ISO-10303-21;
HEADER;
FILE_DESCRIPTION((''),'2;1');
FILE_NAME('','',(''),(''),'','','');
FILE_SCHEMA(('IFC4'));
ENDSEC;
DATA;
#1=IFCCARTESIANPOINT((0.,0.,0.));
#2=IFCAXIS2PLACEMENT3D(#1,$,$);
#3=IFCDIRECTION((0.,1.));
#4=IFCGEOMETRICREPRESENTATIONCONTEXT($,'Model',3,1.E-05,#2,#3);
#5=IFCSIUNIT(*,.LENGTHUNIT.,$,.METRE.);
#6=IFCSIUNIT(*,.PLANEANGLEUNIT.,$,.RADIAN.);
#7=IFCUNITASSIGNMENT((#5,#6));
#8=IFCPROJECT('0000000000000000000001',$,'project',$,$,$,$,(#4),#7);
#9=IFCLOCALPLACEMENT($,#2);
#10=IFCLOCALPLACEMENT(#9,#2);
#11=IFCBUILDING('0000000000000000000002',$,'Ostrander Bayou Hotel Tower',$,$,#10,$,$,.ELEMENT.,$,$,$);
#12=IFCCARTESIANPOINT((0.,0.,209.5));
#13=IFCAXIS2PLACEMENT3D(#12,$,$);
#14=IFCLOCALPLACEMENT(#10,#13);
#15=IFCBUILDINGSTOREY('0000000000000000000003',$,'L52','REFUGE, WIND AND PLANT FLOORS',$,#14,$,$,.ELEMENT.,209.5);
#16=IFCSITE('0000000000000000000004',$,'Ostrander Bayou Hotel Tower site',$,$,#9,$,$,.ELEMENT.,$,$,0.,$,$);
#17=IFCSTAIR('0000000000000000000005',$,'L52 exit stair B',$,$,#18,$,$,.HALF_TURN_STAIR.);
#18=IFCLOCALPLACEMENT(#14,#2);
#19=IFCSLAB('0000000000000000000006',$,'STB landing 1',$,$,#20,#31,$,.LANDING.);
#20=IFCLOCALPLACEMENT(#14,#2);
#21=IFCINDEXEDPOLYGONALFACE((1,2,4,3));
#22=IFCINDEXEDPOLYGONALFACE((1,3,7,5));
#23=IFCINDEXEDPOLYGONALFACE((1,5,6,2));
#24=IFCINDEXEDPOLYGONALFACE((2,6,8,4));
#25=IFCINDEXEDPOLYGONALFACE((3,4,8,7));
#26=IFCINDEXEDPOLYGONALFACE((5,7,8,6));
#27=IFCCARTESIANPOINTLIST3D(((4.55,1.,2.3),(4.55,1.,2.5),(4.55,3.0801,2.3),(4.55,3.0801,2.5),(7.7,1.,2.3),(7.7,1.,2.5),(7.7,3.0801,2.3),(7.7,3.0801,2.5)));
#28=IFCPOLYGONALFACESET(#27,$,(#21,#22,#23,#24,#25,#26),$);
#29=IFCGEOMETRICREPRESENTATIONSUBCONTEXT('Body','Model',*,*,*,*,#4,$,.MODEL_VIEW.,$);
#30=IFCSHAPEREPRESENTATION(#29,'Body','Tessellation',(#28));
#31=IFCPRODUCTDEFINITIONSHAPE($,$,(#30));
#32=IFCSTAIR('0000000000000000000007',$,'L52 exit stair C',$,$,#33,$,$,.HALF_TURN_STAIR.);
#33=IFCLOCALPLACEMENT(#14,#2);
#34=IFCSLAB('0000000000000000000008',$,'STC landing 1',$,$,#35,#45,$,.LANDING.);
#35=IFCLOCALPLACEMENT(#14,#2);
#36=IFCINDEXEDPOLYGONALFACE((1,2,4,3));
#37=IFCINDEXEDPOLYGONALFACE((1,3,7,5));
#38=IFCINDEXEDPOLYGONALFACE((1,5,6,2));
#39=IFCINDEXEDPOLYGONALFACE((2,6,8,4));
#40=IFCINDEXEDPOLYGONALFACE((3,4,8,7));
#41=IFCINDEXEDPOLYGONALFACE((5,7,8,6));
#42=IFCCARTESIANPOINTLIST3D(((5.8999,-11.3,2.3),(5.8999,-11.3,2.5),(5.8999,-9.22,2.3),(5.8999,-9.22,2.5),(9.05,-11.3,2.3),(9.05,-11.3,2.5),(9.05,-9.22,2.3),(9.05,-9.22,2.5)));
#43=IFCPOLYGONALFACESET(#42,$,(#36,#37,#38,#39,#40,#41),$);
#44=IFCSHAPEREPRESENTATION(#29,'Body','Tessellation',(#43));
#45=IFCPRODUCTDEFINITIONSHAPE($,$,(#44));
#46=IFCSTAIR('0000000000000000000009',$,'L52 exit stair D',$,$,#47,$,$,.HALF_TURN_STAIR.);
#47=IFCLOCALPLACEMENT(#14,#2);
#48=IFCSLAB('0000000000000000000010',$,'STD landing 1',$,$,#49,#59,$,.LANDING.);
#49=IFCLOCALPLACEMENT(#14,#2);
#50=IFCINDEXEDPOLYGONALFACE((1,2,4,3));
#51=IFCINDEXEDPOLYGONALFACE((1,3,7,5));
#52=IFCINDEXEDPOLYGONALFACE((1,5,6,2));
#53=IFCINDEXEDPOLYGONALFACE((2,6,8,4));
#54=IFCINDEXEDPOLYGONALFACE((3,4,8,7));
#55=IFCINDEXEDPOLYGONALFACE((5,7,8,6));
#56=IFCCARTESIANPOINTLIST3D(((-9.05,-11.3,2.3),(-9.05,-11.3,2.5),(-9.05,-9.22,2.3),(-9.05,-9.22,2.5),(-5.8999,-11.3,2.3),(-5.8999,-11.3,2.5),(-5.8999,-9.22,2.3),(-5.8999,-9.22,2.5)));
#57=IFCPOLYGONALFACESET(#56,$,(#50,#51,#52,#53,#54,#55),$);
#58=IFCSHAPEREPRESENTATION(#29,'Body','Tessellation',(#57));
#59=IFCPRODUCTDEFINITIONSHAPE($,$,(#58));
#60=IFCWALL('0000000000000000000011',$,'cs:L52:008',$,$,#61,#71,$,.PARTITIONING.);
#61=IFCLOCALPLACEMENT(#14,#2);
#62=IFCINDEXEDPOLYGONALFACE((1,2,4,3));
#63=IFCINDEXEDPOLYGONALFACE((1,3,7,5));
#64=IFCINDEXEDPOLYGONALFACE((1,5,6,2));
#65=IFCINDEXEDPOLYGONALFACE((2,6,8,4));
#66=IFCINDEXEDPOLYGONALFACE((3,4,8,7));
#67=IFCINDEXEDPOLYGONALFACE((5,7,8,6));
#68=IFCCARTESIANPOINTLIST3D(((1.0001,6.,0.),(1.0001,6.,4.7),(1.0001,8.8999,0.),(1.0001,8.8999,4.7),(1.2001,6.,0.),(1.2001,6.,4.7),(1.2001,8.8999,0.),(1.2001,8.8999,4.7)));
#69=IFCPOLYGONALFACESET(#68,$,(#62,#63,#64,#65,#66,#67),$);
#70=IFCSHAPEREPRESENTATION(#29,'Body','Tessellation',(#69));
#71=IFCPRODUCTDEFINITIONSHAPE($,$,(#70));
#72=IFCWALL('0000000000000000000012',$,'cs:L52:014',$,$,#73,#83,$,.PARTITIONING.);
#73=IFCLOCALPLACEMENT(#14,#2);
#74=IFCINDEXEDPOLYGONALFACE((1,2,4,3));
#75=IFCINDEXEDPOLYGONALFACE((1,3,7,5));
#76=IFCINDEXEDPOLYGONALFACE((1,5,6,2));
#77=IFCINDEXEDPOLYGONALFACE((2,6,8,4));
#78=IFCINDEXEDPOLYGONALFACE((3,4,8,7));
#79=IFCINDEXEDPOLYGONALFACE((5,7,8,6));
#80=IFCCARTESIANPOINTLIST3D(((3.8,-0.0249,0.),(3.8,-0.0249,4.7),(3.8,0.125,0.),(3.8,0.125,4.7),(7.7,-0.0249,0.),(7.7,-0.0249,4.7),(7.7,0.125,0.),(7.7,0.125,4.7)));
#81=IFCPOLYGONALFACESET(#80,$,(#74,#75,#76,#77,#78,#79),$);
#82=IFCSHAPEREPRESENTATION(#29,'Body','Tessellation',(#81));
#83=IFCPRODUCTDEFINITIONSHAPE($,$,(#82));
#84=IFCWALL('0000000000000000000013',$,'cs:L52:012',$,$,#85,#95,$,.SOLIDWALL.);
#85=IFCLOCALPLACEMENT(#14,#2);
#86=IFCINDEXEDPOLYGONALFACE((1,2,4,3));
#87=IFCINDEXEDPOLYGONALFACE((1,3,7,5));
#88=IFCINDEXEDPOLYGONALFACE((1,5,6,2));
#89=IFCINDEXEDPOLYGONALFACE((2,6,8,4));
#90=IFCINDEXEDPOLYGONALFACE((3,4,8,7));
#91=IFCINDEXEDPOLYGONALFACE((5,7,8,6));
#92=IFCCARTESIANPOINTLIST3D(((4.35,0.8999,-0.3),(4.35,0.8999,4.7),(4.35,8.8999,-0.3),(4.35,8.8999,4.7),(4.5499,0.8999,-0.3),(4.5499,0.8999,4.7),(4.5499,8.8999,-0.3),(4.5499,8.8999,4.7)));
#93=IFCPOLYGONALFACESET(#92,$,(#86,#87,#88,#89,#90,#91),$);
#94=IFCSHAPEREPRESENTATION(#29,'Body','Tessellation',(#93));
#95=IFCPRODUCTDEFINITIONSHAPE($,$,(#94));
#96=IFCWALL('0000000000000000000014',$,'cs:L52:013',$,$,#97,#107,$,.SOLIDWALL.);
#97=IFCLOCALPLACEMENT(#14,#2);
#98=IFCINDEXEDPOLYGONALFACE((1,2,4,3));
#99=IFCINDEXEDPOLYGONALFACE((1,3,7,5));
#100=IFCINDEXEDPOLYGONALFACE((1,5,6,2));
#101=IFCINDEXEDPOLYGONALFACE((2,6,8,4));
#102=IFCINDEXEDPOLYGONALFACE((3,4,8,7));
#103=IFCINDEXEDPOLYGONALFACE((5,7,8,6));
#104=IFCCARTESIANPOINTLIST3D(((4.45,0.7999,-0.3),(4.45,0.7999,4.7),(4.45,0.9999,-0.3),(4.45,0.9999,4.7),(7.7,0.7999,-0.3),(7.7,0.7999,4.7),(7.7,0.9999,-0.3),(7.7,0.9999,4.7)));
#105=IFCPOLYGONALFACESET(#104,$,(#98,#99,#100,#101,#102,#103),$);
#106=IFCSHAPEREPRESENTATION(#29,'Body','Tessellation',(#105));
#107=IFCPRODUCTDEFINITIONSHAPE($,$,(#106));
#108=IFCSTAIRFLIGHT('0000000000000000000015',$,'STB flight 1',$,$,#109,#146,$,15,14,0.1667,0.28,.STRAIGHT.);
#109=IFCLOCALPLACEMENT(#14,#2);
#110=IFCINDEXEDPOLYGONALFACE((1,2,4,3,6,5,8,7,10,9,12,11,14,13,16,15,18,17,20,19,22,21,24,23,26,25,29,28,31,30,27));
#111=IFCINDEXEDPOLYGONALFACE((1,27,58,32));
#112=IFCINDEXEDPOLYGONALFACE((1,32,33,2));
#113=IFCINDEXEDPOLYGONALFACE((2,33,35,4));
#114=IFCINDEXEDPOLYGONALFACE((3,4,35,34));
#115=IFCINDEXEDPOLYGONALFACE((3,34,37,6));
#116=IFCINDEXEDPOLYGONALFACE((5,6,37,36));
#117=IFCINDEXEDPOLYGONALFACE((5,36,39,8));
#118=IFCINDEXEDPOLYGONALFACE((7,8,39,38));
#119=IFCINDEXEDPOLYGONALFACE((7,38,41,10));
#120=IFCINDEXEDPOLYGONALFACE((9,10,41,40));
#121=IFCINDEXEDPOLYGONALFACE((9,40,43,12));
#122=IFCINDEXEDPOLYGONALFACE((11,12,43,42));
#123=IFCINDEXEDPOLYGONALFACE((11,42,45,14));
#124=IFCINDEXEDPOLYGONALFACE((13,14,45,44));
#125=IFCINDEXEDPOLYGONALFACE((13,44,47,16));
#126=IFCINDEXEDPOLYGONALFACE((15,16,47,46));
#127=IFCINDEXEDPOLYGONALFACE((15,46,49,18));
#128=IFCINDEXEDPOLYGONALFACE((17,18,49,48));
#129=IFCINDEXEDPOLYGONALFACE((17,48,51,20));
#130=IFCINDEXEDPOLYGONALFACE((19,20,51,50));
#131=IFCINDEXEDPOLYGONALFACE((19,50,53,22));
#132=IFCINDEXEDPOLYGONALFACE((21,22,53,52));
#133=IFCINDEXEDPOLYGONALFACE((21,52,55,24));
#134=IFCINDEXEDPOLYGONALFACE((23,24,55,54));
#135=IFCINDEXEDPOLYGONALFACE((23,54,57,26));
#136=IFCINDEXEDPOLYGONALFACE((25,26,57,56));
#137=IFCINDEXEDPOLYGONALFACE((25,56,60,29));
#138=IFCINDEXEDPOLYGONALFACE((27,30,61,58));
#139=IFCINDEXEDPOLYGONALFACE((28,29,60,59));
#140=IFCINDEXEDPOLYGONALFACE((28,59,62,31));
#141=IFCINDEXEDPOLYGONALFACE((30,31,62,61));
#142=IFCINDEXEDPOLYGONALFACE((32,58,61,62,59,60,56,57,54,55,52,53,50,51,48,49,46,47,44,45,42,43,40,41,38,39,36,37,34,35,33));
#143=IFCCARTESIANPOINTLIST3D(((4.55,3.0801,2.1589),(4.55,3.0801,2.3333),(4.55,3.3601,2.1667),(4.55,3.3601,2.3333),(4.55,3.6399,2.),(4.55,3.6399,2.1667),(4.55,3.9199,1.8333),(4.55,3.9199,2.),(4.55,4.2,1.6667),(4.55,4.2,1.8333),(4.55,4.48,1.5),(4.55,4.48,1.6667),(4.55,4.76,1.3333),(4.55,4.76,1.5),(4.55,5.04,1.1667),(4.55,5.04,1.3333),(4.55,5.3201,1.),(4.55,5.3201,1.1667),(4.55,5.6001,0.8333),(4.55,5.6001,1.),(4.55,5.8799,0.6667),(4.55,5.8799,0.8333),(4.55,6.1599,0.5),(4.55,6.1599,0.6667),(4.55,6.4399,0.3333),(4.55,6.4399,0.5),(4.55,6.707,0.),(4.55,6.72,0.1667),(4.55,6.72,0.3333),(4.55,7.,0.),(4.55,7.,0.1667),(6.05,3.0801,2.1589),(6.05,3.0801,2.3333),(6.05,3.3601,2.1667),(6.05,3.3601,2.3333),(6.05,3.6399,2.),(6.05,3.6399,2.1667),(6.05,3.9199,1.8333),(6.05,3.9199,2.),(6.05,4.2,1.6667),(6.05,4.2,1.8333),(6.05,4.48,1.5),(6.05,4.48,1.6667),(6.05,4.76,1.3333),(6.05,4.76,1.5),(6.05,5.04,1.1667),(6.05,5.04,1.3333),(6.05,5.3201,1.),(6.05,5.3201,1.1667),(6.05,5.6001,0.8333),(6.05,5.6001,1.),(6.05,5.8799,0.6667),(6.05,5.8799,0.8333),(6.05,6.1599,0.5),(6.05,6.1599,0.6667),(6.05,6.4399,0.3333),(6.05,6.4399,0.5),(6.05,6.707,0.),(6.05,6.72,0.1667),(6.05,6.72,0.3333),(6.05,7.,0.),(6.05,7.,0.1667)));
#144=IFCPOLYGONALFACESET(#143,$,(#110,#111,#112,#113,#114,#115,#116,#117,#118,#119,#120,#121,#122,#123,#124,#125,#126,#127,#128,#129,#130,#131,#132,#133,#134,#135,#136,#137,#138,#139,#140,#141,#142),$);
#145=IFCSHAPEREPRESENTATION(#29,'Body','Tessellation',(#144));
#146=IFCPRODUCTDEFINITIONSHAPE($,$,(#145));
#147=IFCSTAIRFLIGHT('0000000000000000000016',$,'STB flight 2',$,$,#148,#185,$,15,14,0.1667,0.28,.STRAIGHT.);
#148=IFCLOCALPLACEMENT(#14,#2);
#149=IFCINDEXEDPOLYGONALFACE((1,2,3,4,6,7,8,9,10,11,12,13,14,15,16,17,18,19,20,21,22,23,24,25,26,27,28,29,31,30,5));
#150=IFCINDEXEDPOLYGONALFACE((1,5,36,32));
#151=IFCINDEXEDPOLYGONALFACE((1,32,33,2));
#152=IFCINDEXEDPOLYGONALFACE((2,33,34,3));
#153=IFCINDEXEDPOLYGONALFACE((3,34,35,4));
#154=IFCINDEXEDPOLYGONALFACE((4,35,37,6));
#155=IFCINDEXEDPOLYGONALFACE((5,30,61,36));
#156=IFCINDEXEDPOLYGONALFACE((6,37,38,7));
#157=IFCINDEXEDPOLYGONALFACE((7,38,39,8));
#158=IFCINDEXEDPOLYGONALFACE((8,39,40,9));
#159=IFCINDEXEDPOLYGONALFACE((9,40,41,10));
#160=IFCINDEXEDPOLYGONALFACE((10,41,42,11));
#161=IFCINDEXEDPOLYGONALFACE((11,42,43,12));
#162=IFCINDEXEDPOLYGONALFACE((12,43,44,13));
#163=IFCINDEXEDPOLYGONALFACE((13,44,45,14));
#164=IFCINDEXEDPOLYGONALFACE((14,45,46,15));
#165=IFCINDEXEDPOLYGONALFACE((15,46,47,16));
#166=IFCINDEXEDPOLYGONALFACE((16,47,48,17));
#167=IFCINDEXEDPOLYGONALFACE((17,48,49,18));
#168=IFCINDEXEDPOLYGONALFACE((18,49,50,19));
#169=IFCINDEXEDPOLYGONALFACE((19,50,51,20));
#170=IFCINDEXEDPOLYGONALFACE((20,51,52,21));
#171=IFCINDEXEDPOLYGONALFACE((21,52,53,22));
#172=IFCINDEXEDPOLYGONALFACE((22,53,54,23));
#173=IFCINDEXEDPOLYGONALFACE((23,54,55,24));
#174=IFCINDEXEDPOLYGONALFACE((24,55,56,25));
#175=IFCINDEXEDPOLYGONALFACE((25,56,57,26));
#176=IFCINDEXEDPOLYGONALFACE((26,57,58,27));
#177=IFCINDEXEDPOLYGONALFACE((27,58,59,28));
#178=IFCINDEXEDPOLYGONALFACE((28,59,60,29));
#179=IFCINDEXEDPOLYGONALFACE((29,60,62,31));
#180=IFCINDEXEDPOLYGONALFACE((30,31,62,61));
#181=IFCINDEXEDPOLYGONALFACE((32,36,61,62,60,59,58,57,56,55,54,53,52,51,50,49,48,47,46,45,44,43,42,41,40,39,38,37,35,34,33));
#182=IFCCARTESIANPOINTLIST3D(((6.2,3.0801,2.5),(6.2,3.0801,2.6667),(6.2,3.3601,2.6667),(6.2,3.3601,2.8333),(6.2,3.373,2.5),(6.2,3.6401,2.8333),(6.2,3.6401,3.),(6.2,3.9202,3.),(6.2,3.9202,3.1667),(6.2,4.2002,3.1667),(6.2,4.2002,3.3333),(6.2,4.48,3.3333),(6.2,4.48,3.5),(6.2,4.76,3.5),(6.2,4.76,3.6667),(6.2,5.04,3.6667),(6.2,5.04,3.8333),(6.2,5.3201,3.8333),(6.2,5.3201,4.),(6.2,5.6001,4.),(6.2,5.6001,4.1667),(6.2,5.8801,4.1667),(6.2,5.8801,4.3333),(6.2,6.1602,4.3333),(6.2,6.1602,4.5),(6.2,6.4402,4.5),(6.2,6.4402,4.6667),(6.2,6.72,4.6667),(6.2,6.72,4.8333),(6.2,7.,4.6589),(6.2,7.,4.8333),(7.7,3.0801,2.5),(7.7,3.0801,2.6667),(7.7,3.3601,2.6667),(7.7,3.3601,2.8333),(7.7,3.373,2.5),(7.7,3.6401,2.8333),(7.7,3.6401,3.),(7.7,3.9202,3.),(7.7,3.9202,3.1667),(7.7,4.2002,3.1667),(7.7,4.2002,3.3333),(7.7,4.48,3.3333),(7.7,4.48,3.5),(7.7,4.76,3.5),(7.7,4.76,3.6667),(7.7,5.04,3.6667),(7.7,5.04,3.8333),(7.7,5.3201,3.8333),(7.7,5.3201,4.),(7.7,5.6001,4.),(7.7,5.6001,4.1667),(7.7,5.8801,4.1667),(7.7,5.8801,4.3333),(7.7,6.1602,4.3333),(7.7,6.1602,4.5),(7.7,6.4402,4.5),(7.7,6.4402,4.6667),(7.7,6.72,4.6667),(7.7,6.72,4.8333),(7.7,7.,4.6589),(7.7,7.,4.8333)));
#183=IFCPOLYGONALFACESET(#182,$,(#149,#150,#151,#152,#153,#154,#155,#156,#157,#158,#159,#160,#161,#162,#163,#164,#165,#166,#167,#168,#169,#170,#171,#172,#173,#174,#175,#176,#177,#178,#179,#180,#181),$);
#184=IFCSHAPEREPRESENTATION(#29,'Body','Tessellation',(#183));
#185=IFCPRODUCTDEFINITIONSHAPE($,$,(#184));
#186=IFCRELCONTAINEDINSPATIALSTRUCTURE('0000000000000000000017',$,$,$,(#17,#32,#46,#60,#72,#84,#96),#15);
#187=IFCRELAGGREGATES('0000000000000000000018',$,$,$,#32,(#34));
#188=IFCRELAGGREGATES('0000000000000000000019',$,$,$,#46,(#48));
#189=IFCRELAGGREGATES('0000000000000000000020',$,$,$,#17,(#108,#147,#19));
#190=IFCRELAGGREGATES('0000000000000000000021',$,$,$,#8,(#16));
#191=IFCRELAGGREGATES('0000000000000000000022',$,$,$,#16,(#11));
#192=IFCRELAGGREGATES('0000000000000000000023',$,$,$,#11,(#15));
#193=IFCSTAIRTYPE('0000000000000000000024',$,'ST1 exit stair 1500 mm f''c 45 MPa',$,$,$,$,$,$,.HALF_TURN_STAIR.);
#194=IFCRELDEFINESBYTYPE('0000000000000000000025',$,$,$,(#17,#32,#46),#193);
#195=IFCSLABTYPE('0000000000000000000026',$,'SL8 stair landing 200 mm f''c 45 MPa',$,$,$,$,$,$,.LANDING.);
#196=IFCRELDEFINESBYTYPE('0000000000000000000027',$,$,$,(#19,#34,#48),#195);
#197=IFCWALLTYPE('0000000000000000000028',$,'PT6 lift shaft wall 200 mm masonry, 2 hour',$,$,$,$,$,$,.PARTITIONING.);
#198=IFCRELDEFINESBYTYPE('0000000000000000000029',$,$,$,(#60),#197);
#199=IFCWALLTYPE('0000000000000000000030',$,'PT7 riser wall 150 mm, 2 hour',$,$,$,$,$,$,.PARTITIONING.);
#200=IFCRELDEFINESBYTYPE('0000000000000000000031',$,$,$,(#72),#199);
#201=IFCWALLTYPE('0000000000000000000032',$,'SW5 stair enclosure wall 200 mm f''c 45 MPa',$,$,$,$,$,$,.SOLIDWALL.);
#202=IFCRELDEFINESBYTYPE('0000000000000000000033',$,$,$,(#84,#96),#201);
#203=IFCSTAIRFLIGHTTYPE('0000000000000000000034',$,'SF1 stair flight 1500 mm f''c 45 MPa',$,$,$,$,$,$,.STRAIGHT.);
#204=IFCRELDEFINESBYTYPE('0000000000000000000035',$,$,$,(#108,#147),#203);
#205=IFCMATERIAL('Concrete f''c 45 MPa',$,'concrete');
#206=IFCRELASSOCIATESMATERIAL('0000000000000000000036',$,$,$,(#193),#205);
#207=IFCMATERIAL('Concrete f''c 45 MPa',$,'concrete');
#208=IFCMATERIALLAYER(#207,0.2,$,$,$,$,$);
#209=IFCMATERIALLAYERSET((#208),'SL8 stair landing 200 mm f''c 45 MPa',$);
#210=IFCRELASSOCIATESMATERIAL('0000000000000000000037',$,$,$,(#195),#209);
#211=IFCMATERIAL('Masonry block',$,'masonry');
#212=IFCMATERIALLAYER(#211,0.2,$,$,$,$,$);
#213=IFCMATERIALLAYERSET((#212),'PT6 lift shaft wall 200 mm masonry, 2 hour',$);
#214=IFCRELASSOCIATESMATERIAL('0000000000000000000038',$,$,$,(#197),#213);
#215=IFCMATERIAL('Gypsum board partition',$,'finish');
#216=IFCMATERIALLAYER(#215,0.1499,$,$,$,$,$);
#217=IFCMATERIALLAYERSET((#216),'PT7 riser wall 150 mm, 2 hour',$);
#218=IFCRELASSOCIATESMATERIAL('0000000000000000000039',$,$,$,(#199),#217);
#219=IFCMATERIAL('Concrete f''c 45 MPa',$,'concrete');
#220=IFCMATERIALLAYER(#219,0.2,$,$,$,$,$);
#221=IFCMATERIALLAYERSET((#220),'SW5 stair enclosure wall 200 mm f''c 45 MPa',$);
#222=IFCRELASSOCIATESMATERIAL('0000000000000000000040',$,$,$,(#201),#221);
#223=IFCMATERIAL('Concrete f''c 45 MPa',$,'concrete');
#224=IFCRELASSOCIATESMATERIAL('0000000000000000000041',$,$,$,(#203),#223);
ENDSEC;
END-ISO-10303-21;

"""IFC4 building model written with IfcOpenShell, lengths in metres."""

from ifc_helpers import new_model, si_unit, direction, frame, frame_2d, origin, place, context, subcontext, project, spatial, polyline, rectangle, outline, extrude, material, layer, layer_set, type_object, element, aggregate, save


model = new_model("IFC4")

# Units and contexts
model_context = context("Model", 3, precision=1e-05, world=origin(), true_north=direction((0.0, 1.0)))
body_context = subcontext(model_context, "Body", "Model", "MODEL_VIEW")
ifc_project = project(units=[si_unit("LENGTHUNIT", "METRE"), si_unit("PLANEANGLEUNIT", "RADIAN")], contexts=[model_context])

# Site, building, storey
site_placement = place(None, origin())
site = spatial("IfcSite", under=ifc_project, at=site_placement, Name="Ostrander Bayou Hotel Tower site", CompositionType="ELEMENT", RefElevation=0.0)
building_placement = place(site_placement, origin())
building = spatial("IfcBuilding", under=site, at=building_placement, Name="Ostrander Bayou Hotel Tower", CompositionType="ELEMENT")
storey_placement = place(building_placement, frame((0.0, 0.0, 209.5)))
storey = spatial("IfcBuildingStorey", under=building, at=storey_placement, Name="L52", Description="REFUGE, WIND AND PLANT FLOORS", CompositionType="ELEMENT", Elevation=209.5)

# Stairs, slabs
ifc_material_1 = material(Name="Concrete f'c 45 MPa", Category="concrete")
stair_type = type_object("IfcStairType", Name="ST1 exit stair 1500 mm f'c 45 MPa", PredefinedType="HALF_TURN_STAIR", material=ifc_material_1)
ifc_material_2 = material(Name="Concrete f'c 45 MPa", Category="concrete")
ifc_layer_1 = layer(ifc_material_2, 0.2)
ifc_layer_set_1 = layer_set([ifc_layer_1], Name="SL8 stair landing 200 mm f'c 45 MPa")
slab_type_1 = type_object("IfcSlabType", Name="SL8 stair landing 200 mm f'c 45 MPa", PredefinedType="LANDING", material=ifc_layer_set_1)
stair_1_placement = place(storey_placement, origin())
stair_1 = element("IfcStair", 1, at=stair_1_placement, inside=storey, type_object=stair_type, Name="L52 exit stair B", PredefinedType="HALF_TURN_STAIR")
slab_1_placement = place(storey_placement, frame((0.0, 0.0, 2.3)))
slab_1 = element("IfcSlab", 2, at=slab_1_placement, type_object=slab_type_1, Name="STB landing 1", PredefinedType="LANDING", context=body_context, shape_type="SweptSolid", body=[
    extrude(outline(polyline([(4.55, 3.0801), (4.55, 1.0), (7.7, 1.0), (7.7, 3.0801), (4.55, 3.0801)])), origin(), (0.0, 0.0, 1.0), 0.2),
])
stair_2_placement = place(storey_placement, origin())
stair_2 = element("IfcStair", 3, at=stair_2_placement, inside=storey, type_object=stair_type, Name="L52 exit stair C", PredefinedType="HALF_TURN_STAIR")
slab_2_placement = place(storey_placement, frame((0.0, 0.0, 2.3)))
slab_2 = element("IfcSlab", 4, at=slab_2_placement, type_object=slab_type_1, Name="STC landing 1", PredefinedType="LANDING", context=body_context, shape_type="SweptSolid", body=[
    extrude(outline(polyline([(5.8999, -9.22), (5.8999, -11.3), (9.05, -11.3), (9.05, -9.22), (5.8999, -9.22)])), origin(), (0.0, 0.0, 1.0), 0.2),
])
aggregate(stair_2, [slab_2])
stair_3_placement = place(storey_placement, origin())
stair_3 = element("IfcStair", 5, at=stair_3_placement, inside=storey, type_object=stair_type, Name="L52 exit stair D", PredefinedType="HALF_TURN_STAIR")
slab_3_placement = place(storey_placement, frame((0.0, 0.0, 2.3)))
slab_3 = element("IfcSlab", 6, at=slab_3_placement, type_object=slab_type_1, Name="STD landing 1", PredefinedType="LANDING", context=body_context, shape_type="SweptSolid", body=[
    extrude(outline(polyline([(-9.05, -9.22), (-9.05, -11.3), (-5.8999, -11.3), (-5.8999, -9.22), (-9.05, -9.22)])), origin(), (0.0, 0.0, 1.0), 0.2),
])
aggregate(stair_3, [slab_3])

# Shared definitions
ifc_material_3 = material(Name="Masonry block", Category="masonry")
ifc_layer_2 = layer(ifc_material_3, 0.2)
ifc_layer_set_2 = layer_set([ifc_layer_2], Name="PT6 lift shaft wall 200 mm masonry, 2 hour")
wall_type_1 = type_object("IfcWallType", Name="PT6 lift shaft wall 200 mm masonry, 2 hour", PredefinedType="PARTITIONING", material=ifc_layer_set_2)

# Walls
wall_1_placement = place(storey_placement, frame((1.1001, 6.0, 0.0), z_axis=(0.0, 0.0, 1.0), x_axis=(0.0, 1.0, 0.0)))
element("IfcWall", 7, at=wall_1_placement, inside=storey, type_object=wall_type_1, Name="cs:L52:008", PredefinedType="PARTITIONING", context=body_context, shape_type="SweptSolid", body=[
    extrude(rectangle(XDim=2.8999, YDim=0.2, at=frame_2d((1.45, 0.0))), origin(), (0.0, 0.0, 1.0), 4.7),
])
ifc_material_4 = material(Name="Gypsum board partition", Category="finish")
ifc_layer_3 = layer(ifc_material_4, 0.1499)
ifc_layer_set_3 = layer_set([ifc_layer_3], Name="PT7 riser wall 150 mm, 2 hour")
wall_type_2 = type_object("IfcWallType", Name="PT7 riser wall 150 mm, 2 hour", PredefinedType="PARTITIONING", material=ifc_layer_set_3)
wall_2_placement = place(storey_placement, frame((3.8, 0.05, 0.0), z_axis=(0.0, 0.0, 1.0), x_axis=(1.0, 0.0, 0.0)))
element("IfcWall", 8, at=wall_2_placement, inside=storey, type_object=wall_type_2, Name="cs:L52:014", PredefinedType="PARTITIONING", context=body_context, shape_type="SweptSolid", body=[
    extrude(rectangle(XDim=3.8999, YDim=0.1499, at=frame_2d((1.95, 0.0))), origin(), (0.0, 0.0, 1.0), 4.7),
])
ifc_material_5 = material(Name="Concrete f'c 45 MPa", Category="concrete")
ifc_layer_4 = layer(ifc_material_5, 0.2)
ifc_layer_set_4 = layer_set([ifc_layer_4], Name="SW5 stair enclosure wall 200 mm f'c 45 MPa")
wall_type_3 = type_object("IfcWallType", Name="SW5 stair enclosure wall 200 mm f'c 45 MPa", PredefinedType="SOLIDWALL", material=ifc_layer_set_4)
wall_3_placement = place(storey_placement, frame((4.45, 0.8999, -0.3), z_axis=(0.0, 0.0, 1.0), x_axis=(0.0, 1.0, 0.0)))
element("IfcWall", 9, at=wall_3_placement, inside=storey, type_object=wall_type_3, Name="cs:L52:012", PredefinedType="SOLIDWALL", context=body_context, shape_type="SweptSolid", body=[
    extrude(rectangle(XDim=8.0, YDim=0.2, at=frame_2d((4.0, 0.0))), origin(), (0.0, 0.0, 1.0), 5.0),
])
wall_4_placement = place(storey_placement, frame((4.45, 0.8999, -0.3), z_axis=(0.0, 0.0, 1.0), x_axis=(1.0, 0.0, 0.0)))
element("IfcWall", 10, at=wall_4_placement, inside=storey, type_object=wall_type_3, Name="cs:L52:013", PredefinedType="SOLIDWALL", context=body_context, shape_type="SweptSolid", body=[
    extrude(rectangle(XDim=3.25, YDim=0.2, at=frame_2d((1.625, 0.0))), origin(), (0.0, 0.0, 1.0), 5.0),
])

# Stair flights
ifc_material_6 = material(Name="Concrete f'c 45 MPa", Category="concrete")
stair_flight_type = type_object("IfcStairFlightType", Name="SF1 stair flight 1500 mm f'c 45 MPa", PredefinedType="STRAIGHT", material=ifc_material_6)
stair_flight_1_placement = place(storey_placement, frame((5.3, 7.0, 0.0), z_axis=(0.0, 0.0, 1.0), x_axis=(0.0, -1.0, 0.0)))
stair_flight_1 = element("IfcStairFlight", 11, at=stair_flight_1_placement, type_object=stair_flight_type, Name="STB flight 1", NumberOfRisers=15, NumberOfTreads=14, PredefinedType="STRAIGHT", RiserHeight=0.1667, TreadLength=0.28, context=body_context, shape_type="SweptSolid", body=[
    extrude(outline(polyline([(0.0, 0.0), (0.0, 0.1667), (0.28, 0.1667), (0.28, 0.3333), (0.5601, 0.3333), (0.5601, 0.5), (0.8401, 0.5), (0.8401, 0.6667), (1.1201, 0.6667), (1.1201, 0.8333), (1.3999, 0.8333), (1.3999, 1.0), (1.6799, 1.0), (1.6799, 1.1667), (1.96, 1.1667), (1.96, 1.3333), (2.24, 1.3333), (2.24, 1.5), (2.52, 1.5), (2.52, 1.6667), (2.8, 1.6667), (2.8, 1.8333), (3.0801, 1.8333), (3.0801, 2.0), (3.3601, 2.0), (3.3601, 2.1667), (3.6399, 2.1667), (3.6399, 2.3333), (3.9199, 2.3333), (3.9199, 2.5), (3.9199, 2.1589), (0.293, 0.0), (0.0, 0.0)])), frame((0.0, 0.75, 0.0), z_axis=(0.0, -1.0, 0.0), x_axis=(1.0, 0.0, 0.0)), (0.0, 0.0, 1.0), 1.5),
])
stair_flight_2_placement = place(storey_placement, frame((6.95, 3.0801, 2.5), z_axis=(0.0, 0.0, 1.0), x_axis=(0.0, 1.0, 0.0)))
stair_flight_2 = element("IfcStairFlight", 12, at=stair_flight_2_placement, type_object=stair_flight_type, Name="STB flight 2", NumberOfRisers=15, NumberOfTreads=14, PredefinedType="STRAIGHT", RiserHeight=0.1667, TreadLength=0.28, context=body_context, shape_type="SweptSolid", body=[
    extrude(outline(polyline([(0.0, 0.0), (0.0, 0.1667), (0.28, 0.1667), (0.28, 0.3333), (0.5601, 0.3333), (0.5601, 0.5), (0.8401, 0.5), (0.8401, 0.6667), (1.1201, 0.6667), (1.1201, 0.8333), (1.3999, 0.8333), (1.3999, 1.0), (1.6799, 1.0), (1.6799, 1.1667), (1.96, 1.1667), (1.96, 1.3333), (2.24, 1.3333), (2.24, 1.5), (2.52, 1.5), (2.52, 1.6667), (2.8, 1.6667), (2.8, 1.8333), (3.0801, 1.8333), (3.0801, 2.0), (3.3601, 2.0), (3.3601, 2.1667), (3.6399, 2.1667), (3.6399, 2.3333), (3.9199, 2.3333), (3.9199, 2.5), (3.9199, 2.1589), (0.293, 0.0), (0.0, 0.0)])), frame((0.0, 0.75, 0.0), z_axis=(0.0, -1.0, 0.0), x_axis=(1.0, 0.0, 0.0)), (0.0, 0.0, 1.0), 1.5),
])
aggregate(stair_1, [stair_flight_1, stair_flight_2, slab_1])

save(model, "model.ifc")
